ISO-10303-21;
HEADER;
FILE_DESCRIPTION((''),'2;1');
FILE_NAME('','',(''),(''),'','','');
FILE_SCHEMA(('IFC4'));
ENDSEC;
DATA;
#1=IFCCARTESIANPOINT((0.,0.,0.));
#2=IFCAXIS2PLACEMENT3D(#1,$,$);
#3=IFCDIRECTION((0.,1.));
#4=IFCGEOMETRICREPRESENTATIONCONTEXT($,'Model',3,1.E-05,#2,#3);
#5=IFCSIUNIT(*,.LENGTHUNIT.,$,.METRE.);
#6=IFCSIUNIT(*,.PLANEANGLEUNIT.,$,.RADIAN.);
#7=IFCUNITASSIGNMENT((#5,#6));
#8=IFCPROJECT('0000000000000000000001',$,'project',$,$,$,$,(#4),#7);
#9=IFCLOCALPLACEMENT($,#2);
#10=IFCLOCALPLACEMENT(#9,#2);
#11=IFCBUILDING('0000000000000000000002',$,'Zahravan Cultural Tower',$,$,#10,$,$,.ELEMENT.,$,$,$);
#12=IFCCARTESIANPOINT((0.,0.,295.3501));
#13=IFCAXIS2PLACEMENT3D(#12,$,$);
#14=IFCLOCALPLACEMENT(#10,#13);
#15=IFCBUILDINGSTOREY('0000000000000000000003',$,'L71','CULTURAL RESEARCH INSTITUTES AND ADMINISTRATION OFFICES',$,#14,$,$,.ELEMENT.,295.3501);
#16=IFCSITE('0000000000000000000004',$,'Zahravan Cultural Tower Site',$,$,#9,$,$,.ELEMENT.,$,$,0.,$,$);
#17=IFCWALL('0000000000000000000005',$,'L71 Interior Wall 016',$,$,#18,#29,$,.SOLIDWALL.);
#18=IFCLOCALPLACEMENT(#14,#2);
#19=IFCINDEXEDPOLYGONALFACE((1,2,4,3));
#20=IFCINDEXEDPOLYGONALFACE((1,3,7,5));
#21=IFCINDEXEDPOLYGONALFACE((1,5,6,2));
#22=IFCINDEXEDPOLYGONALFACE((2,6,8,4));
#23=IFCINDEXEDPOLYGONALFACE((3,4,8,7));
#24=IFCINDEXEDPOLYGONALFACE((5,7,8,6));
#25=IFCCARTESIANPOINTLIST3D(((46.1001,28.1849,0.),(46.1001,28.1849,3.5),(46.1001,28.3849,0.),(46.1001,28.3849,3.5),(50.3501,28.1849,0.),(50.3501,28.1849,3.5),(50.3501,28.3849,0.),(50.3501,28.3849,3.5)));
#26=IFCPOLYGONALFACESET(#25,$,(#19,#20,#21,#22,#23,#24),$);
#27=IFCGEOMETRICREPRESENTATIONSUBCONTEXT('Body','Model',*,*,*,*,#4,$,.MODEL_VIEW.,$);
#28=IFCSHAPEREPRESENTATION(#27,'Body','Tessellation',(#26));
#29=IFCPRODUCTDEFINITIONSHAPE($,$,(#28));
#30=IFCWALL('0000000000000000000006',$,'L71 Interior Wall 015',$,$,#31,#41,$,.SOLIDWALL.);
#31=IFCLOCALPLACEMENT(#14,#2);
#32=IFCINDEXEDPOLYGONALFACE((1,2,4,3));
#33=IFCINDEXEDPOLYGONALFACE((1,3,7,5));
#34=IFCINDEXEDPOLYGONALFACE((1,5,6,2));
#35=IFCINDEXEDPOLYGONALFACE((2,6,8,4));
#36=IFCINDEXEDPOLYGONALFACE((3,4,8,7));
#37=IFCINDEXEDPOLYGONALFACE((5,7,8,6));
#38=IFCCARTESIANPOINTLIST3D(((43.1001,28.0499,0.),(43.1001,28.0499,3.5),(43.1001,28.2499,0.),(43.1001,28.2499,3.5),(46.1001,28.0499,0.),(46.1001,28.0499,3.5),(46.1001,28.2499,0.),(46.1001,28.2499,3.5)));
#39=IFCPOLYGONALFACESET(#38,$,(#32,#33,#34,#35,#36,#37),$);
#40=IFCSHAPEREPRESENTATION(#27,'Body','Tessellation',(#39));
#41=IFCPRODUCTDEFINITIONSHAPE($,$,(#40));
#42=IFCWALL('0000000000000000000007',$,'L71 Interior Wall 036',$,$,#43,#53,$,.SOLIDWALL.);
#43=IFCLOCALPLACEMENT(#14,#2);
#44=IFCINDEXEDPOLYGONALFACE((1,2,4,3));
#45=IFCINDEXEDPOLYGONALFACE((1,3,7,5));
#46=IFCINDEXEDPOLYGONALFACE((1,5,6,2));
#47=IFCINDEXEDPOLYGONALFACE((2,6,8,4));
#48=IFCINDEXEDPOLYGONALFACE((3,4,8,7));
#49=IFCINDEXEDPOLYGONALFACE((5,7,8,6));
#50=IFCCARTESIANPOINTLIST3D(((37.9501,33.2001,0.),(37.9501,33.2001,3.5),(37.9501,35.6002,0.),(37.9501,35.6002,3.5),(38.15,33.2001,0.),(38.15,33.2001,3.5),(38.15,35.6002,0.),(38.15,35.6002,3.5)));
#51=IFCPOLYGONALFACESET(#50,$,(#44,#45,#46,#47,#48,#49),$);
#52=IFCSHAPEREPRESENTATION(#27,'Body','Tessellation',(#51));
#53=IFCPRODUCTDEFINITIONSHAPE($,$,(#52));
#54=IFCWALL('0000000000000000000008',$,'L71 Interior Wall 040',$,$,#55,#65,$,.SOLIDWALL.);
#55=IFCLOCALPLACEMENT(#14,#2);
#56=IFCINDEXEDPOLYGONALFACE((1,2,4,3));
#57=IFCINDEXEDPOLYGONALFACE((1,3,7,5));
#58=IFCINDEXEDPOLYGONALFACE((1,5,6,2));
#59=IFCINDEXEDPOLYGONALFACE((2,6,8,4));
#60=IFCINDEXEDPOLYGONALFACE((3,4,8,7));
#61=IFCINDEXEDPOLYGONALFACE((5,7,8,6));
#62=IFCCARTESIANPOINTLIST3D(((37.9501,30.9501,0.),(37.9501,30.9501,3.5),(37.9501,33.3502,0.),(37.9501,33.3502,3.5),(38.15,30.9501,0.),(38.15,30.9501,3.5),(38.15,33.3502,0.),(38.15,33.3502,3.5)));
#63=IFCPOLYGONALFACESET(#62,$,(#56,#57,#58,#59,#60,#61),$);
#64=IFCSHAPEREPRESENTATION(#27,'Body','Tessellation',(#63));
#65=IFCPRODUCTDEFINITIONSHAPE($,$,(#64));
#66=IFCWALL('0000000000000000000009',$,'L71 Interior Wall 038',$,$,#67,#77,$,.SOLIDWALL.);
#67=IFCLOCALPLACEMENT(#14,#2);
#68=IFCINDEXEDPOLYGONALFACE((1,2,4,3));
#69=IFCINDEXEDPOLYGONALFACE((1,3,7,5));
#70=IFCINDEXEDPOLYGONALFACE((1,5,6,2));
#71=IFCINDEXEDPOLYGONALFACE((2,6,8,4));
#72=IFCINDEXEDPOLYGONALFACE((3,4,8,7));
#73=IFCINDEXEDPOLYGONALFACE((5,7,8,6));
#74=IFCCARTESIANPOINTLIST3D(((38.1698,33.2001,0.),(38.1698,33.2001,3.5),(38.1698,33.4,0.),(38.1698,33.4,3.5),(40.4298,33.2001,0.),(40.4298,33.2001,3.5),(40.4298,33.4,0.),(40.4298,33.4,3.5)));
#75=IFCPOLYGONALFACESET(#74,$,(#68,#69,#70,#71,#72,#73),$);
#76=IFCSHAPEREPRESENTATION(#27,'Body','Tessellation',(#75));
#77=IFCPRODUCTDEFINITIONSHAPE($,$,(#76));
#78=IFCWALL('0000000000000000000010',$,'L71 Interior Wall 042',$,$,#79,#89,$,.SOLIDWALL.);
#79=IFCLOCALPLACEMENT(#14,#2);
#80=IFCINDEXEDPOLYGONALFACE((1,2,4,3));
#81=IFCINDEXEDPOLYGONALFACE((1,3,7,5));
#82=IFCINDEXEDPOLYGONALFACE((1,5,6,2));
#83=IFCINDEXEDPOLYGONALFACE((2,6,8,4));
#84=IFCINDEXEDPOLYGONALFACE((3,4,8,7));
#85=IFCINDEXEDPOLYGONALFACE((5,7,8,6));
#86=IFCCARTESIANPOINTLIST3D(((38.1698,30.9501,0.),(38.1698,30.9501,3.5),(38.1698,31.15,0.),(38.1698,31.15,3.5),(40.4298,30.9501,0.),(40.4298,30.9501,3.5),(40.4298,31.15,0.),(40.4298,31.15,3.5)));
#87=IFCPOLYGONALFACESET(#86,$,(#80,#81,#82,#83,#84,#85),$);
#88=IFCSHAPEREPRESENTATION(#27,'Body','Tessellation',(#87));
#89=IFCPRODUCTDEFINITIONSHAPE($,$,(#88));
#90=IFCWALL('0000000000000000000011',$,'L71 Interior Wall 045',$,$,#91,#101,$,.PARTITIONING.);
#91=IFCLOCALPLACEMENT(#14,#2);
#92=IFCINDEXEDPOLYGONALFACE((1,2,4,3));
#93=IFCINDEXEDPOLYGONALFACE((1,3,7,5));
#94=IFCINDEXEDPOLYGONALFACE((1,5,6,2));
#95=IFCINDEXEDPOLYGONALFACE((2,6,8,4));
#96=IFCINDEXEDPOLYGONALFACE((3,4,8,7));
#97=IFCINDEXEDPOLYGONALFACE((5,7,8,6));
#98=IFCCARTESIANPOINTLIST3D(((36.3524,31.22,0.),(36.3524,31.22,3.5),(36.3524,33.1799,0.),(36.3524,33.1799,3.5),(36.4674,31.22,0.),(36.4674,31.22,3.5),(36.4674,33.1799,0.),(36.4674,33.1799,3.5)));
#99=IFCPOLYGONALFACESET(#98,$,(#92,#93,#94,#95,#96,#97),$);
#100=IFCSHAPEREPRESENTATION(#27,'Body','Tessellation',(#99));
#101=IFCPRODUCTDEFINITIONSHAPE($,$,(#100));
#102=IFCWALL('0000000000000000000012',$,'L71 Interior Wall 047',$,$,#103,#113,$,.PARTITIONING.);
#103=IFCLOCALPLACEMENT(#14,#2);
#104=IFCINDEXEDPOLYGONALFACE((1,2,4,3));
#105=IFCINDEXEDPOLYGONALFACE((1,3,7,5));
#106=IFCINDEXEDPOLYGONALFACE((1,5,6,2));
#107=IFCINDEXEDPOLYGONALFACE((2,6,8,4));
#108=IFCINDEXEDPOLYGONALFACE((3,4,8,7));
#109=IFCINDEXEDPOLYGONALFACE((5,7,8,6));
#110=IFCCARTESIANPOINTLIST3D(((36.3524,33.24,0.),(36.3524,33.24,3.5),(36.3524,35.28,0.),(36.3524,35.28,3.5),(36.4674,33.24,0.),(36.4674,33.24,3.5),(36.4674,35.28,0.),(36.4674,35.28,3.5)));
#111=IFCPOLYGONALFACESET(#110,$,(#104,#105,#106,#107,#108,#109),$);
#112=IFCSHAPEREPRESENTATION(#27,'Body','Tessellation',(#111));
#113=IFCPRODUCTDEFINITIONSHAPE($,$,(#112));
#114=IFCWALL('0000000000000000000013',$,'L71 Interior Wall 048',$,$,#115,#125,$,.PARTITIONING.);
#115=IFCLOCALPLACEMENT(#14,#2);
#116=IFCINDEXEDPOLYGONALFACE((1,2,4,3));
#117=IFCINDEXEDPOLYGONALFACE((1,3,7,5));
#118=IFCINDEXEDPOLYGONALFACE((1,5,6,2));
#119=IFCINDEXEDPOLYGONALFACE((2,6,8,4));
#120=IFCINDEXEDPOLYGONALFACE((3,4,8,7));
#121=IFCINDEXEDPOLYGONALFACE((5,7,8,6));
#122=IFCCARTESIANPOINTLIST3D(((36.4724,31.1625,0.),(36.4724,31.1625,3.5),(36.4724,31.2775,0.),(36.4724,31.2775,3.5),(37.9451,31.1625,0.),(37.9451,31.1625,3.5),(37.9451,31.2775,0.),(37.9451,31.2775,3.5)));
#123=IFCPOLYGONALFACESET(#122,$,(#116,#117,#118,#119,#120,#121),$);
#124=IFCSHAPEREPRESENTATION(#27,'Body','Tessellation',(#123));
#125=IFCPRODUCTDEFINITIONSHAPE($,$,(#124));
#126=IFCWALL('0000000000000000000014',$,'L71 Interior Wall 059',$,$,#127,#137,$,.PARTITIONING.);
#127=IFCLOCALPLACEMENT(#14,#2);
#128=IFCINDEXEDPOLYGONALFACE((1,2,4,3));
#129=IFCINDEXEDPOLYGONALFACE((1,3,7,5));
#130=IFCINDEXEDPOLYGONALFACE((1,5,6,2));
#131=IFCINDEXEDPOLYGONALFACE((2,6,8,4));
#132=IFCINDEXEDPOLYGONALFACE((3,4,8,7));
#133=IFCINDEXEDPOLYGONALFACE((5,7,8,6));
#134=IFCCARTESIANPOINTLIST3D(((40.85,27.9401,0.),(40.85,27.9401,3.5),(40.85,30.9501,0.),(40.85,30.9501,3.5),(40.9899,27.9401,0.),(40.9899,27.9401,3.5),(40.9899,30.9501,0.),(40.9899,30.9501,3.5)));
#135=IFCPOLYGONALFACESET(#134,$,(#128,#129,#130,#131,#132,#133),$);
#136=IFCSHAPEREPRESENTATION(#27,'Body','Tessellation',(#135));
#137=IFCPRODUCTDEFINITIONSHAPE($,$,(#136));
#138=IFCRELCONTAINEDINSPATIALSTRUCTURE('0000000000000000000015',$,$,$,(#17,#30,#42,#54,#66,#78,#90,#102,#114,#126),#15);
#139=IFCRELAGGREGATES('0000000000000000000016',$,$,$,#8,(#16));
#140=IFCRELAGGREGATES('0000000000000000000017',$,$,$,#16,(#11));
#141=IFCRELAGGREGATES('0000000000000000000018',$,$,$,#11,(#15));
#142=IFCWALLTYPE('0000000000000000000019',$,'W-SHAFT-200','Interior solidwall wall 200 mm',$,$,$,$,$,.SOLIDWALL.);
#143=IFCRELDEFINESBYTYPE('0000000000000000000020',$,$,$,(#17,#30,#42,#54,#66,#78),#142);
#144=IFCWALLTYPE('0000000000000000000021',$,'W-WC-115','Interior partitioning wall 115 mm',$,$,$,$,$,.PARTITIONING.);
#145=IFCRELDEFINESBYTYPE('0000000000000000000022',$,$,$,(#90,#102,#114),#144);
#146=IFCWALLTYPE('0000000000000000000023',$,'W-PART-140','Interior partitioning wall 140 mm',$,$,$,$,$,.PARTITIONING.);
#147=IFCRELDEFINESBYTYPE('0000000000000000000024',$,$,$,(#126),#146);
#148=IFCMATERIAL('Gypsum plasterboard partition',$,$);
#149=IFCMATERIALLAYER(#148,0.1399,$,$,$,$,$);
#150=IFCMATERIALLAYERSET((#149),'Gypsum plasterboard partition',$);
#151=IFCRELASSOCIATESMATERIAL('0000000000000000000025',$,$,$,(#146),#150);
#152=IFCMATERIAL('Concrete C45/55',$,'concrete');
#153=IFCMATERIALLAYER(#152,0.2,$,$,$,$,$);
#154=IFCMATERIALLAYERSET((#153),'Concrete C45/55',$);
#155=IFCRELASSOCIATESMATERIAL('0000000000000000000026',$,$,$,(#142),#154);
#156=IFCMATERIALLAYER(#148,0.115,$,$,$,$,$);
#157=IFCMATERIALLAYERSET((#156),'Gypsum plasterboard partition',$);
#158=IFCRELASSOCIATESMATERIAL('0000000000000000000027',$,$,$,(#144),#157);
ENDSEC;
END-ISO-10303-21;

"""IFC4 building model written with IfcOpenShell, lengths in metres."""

from ifc_helpers import new_model, si_unit, direction, frame, frame_2d, origin, place, context, subcontext, project, spatial, rectangle, extrude, source, transform, mapped, material, layer, layer_set, type_object, element, save


model = new_model("IFC4")

# Units and contexts
model_context = context("Model", 3, precision=1e-05, world=origin(), true_north=direction((0.0, 1.0)))
body_context = subcontext(model_context, "Body", "Model", "MODEL_VIEW")
ifc_project = project(units=[si_unit("LENGTHUNIT", "METRE"), si_unit("PLANEANGLEUNIT", "RADIAN")], contexts=[model_context])

# Site, building, storey
site_placement = place(None, origin())
site = spatial("IfcSite", under=ifc_project, at=site_placement, Name="Zahravan Cultural Tower Site", CompositionType="ELEMENT", RefElevation=0.0)
building_placement = place(site_placement, origin())
building = spatial("IfcBuilding", under=site, at=building_placement, Name="Zahravan Cultural Tower", CompositionType="ELEMENT")
storey_placement = place(building_placement, frame((0.0, 0.0, 295.3501)))
storey = spatial("IfcBuildingStorey", under=building, at=storey_placement, Name="L71", Description="CULTURAL RESEARCH INSTITUTES AND ADMINISTRATION OFFICES", CompositionType="ELEMENT", Elevation=295.3501)

# Shared definitions
ifc_material_1 = material(Name="Gypsum plasterboard partition")
ifc_layer_1 = layer(ifc_material_1, 0.1399)
ifc_layer_set_1 = layer_set([ifc_layer_1], Name="Gypsum plasterboard partition")
wall_type_1 = type_object("IfcWallType", Name="W-PART-140", Description="Interior partitioning wall 140 mm", PredefinedType="PARTITIONING", material=ifc_layer_set_1)
ifc_material_2 = material(Name="Concrete C45/55", Category="concrete")
ifc_layer_2 = layer(ifc_material_2, 0.2)
ifc_layer_set_2 = layer_set([ifc_layer_2], Name="Concrete C45/55")
wall_type_2 = type_object("IfcWallType", Name="W-SHAFT-200", Description="Interior solidwall wall 200 mm", PredefinedType="SOLIDWALL", material=ifc_layer_set_2)
ifc_layer_3 = layer(ifc_material_1, 0.115)
ifc_layer_set_3 = layer_set([ifc_layer_3], Name="Gypsum plasterboard partition")
wall_type_3 = type_object("IfcWallType", Name="W-WC-115", Description="Interior partitioning wall 115 mm", PredefinedType="PARTITIONING", material=ifc_layer_set_3)

# Walls
shared_shape_1 = source(origin(), body_context, "Body", "SweptSolid", [
    extrude(rectangle(XDim=4.25, YDim=0.2, at=frame_2d((2.125, 0.0))), origin(), (0.0, 0.0, 1.0), 3.5),
])
wall_1_placement = place(storey_placement, frame((46.1001, 28.2849, 0.0), z_axis=(0.0, 0.0, 1.0), x_axis=(1.0, 0.0, 0.0)))
element("IfcWall", 1, at=wall_1_placement, inside=storey, type_object=wall_type_2, Name="L71 Interior Wall 016", PredefinedType="SOLIDWALL", context=body_context, shape_type="MappedRepresentation", body=[
    mapped(shared_shape_1, transform((0.0, 0.0, 0.0), x_axis=(1.0, 0.0, 0.0), y_axis=(0.0, 1.0, 0.0), z_axis=(0.0, 0.0, 1.0), scale=1.0)),
])
shared_shape_2 = source(origin(), body_context, "Body", "SweptSolid", [
    extrude(rectangle(XDim=3.0, YDim=0.2, at=frame_2d((1.5, 0.0))), origin(), (0.0, 0.0, 1.0), 3.5),
])
wall_2_placement = place(storey_placement, frame((43.1001, 28.1499, 0.0), z_axis=(0.0, 0.0, 1.0), x_axis=(1.0, 0.0, 0.0)))
element("IfcWall", 2, at=wall_2_placement, inside=storey, type_object=wall_type_2, Name="L71 Interior Wall 015", PredefinedType="SOLIDWALL", context=body_context, shape_type="MappedRepresentation", body=[
    mapped(shared_shape_2, transform((0.0, 0.0, 0.0), x_axis=(1.0, 0.0, 0.0), y_axis=(0.0, 1.0, 0.0), z_axis=(0.0, 0.0, 1.0), scale=1.0)),
])
shared_shape_3 = source(origin(), body_context, "Body", "SweptSolid", [
    extrude(rectangle(XDim=2.4001, YDim=0.2, at=frame_2d((1.2002, 0.0))), origin(), (0.0, 0.0, 1.0), 3.5),
])
for number, where, z_axis, x_axis, name in (
    (3, (38.05, 33.2, 0.0), (0.0, 0.0, 1.0), (0.0, 1.0, 0.0), "L71 Interior Wall 036"),
    (4, (38.05, 30.95, 0.0), (0.0, 0.0, 1.0), (0.0, 1.0, 0.0), "L71 Interior Wall 040"),
):
    element("IfcWall", number, at=place(storey_placement, frame(where, z_axis=z_axis, x_axis=x_axis)), inside=storey, type_object=wall_type_2, Name=name, PredefinedType="SOLIDWALL", context=body_context, shape_type="MappedRepresentation", body=[
        mapped(shared_shape_3, transform((0.0, 0.0, 0.0), x_axis=(1.0, 0.0, 0.0), y_axis=(0.0, 1.0, 0.0), z_axis=(0.0, 0.0, 1.0), scale=1.0)),
    ])
shared_shape_4 = source(origin(), body_context, "Body", "SweptSolid", [
    extrude(rectangle(XDim=2.26, YDim=0.2, at=frame_2d((1.1299, 0.0))), origin(), (0.0, 0.0, 1.0), 3.5),
])
for number, where, z_axis, x_axis, name in (
    (5, (38.1699, 33.3, 0.0), (0.0, 0.0, 1.0), (1.0, 0.0, 0.0), "L71 Interior Wall 038"),
    (6, (38.1699, 31.05, 0.0), (0.0, 0.0, 1.0), (1.0, 0.0, 0.0), "L71 Interior Wall 042"),
):
    element("IfcWall", number, at=place(storey_placement, frame(where, z_axis=z_axis, x_axis=x_axis)), inside=storey, type_object=wall_type_2, Name=name, PredefinedType="SOLIDWALL", context=body_context, shape_type="MappedRepresentation", body=[
        mapped(shared_shape_4, transform((0.0, 0.0, 0.0), x_axis=(1.0, 0.0, 0.0), y_axis=(0.0, 1.0, 0.0), z_axis=(0.0, 0.0, 1.0), scale=1.0)),
    ])
shared_shape_5 = source(origin(), body_context, "Body", "SweptSolid", [
    extrude(rectangle(XDim=1.96, YDim=0.115, at=frame_2d((0.98, 0.0))), origin(), (0.0, 0.0, 1.0), 3.5),
])
wall_3_placement = place(storey_placement, frame((36.4099, 33.1799, 0.0), z_axis=(0.0, 0.0, 1.0), x_axis=(0.0, -1.0, 0.0)))
element("IfcWall", 7, at=wall_3_placement, inside=storey, type_object=wall_type_3, Name="L71 Interior Wall 045", PredefinedType="PARTITIONING", context=body_context, shape_type="MappedRepresentation", body=[
    mapped(shared_shape_5, transform((0.0, 0.0, 0.0), x_axis=(1.0, 0.0, 0.0), y_axis=(0.0, 1.0, 0.0), z_axis=(0.0, 0.0, 1.0), scale=1.0)),
])
shared_shape_6 = source(origin(), body_context, "Body", "SweptSolid", [
    extrude(rectangle(XDim=2.04, YDim=0.115, at=frame_2d((1.02, 0.0))), origin(), (0.0, 0.0, 1.0), 3.5),
])
wall_4_placement = place(storey_placement, frame((36.4099, 35.28, 0.0), z_axis=(0.0, 0.0, 1.0), x_axis=(0.0, -1.0, 0.0)))
element("IfcWall", 8, at=wall_4_placement, inside=storey, type_object=wall_type_3, Name="L71 Interior Wall 047", PredefinedType="PARTITIONING", context=body_context, shape_type="MappedRepresentation", body=[
    mapped(shared_shape_6, transform((0.0, 0.0, 0.0), x_axis=(1.0, 0.0, 0.0), y_axis=(0.0, 1.0, 0.0), z_axis=(0.0, 0.0, 1.0), scale=1.0)),
])
shared_shape_7 = source(origin(), body_context, "Body", "SweptSolid", [
    extrude(rectangle(XDim=1.4727, YDim=0.115, at=frame_2d((0.7363, 0.0))), origin(), (0.0, 0.0, 1.0), 3.5),
])
wall_5_placement = place(storey_placement, frame((37.9451, 31.22, 0.0), z_axis=(0.0, 0.0, 1.0), x_axis=(-1.0, 0.0, 0.0)))
element("IfcWall", 9, at=wall_5_placement, inside=storey, type_object=wall_type_3, Name="L71 Interior Wall 048", PredefinedType="PARTITIONING", context=body_context, shape_type="MappedRepresentation", body=[
    mapped(shared_shape_7, transform((0.0, 0.0, 0.0), x_axis=(1.0, 0.0, 0.0), y_axis=(0.0, 1.0, 0.0), z_axis=(0.0, 0.0, 1.0), scale=1.0)),
])
shared_shape_8 = source(origin(), body_context, "Body", "SweptSolid", [
    extrude(rectangle(XDim=3.01, YDim=0.1399, at=frame_2d((1.5049, 0.0))), origin(), (0.0, 0.0, 1.0), 3.5),
])
wall_6_placement = place(storey_placement, frame((40.9199, 30.95, 0.0), z_axis=(0.0, 0.0, 1.0), x_axis=(0.0, -1.0, 0.0)))
element("IfcWall", 10, at=wall_6_placement, inside=storey, type_object=wall_type_1, Name="L71 Interior Wall 059", PredefinedType="PARTITIONING", context=body_context, shape_type="MappedRepresentation", body=[
    mapped(shared_shape_8, transform((0.0, 0.0, 0.0), x_axis=(1.0, 0.0, 0.0), y_axis=(0.0, 1.0, 0.0), z_axis=(0.0, 0.0, 1.0), scale=1.0)),
])

save(model, "model.ifc")
